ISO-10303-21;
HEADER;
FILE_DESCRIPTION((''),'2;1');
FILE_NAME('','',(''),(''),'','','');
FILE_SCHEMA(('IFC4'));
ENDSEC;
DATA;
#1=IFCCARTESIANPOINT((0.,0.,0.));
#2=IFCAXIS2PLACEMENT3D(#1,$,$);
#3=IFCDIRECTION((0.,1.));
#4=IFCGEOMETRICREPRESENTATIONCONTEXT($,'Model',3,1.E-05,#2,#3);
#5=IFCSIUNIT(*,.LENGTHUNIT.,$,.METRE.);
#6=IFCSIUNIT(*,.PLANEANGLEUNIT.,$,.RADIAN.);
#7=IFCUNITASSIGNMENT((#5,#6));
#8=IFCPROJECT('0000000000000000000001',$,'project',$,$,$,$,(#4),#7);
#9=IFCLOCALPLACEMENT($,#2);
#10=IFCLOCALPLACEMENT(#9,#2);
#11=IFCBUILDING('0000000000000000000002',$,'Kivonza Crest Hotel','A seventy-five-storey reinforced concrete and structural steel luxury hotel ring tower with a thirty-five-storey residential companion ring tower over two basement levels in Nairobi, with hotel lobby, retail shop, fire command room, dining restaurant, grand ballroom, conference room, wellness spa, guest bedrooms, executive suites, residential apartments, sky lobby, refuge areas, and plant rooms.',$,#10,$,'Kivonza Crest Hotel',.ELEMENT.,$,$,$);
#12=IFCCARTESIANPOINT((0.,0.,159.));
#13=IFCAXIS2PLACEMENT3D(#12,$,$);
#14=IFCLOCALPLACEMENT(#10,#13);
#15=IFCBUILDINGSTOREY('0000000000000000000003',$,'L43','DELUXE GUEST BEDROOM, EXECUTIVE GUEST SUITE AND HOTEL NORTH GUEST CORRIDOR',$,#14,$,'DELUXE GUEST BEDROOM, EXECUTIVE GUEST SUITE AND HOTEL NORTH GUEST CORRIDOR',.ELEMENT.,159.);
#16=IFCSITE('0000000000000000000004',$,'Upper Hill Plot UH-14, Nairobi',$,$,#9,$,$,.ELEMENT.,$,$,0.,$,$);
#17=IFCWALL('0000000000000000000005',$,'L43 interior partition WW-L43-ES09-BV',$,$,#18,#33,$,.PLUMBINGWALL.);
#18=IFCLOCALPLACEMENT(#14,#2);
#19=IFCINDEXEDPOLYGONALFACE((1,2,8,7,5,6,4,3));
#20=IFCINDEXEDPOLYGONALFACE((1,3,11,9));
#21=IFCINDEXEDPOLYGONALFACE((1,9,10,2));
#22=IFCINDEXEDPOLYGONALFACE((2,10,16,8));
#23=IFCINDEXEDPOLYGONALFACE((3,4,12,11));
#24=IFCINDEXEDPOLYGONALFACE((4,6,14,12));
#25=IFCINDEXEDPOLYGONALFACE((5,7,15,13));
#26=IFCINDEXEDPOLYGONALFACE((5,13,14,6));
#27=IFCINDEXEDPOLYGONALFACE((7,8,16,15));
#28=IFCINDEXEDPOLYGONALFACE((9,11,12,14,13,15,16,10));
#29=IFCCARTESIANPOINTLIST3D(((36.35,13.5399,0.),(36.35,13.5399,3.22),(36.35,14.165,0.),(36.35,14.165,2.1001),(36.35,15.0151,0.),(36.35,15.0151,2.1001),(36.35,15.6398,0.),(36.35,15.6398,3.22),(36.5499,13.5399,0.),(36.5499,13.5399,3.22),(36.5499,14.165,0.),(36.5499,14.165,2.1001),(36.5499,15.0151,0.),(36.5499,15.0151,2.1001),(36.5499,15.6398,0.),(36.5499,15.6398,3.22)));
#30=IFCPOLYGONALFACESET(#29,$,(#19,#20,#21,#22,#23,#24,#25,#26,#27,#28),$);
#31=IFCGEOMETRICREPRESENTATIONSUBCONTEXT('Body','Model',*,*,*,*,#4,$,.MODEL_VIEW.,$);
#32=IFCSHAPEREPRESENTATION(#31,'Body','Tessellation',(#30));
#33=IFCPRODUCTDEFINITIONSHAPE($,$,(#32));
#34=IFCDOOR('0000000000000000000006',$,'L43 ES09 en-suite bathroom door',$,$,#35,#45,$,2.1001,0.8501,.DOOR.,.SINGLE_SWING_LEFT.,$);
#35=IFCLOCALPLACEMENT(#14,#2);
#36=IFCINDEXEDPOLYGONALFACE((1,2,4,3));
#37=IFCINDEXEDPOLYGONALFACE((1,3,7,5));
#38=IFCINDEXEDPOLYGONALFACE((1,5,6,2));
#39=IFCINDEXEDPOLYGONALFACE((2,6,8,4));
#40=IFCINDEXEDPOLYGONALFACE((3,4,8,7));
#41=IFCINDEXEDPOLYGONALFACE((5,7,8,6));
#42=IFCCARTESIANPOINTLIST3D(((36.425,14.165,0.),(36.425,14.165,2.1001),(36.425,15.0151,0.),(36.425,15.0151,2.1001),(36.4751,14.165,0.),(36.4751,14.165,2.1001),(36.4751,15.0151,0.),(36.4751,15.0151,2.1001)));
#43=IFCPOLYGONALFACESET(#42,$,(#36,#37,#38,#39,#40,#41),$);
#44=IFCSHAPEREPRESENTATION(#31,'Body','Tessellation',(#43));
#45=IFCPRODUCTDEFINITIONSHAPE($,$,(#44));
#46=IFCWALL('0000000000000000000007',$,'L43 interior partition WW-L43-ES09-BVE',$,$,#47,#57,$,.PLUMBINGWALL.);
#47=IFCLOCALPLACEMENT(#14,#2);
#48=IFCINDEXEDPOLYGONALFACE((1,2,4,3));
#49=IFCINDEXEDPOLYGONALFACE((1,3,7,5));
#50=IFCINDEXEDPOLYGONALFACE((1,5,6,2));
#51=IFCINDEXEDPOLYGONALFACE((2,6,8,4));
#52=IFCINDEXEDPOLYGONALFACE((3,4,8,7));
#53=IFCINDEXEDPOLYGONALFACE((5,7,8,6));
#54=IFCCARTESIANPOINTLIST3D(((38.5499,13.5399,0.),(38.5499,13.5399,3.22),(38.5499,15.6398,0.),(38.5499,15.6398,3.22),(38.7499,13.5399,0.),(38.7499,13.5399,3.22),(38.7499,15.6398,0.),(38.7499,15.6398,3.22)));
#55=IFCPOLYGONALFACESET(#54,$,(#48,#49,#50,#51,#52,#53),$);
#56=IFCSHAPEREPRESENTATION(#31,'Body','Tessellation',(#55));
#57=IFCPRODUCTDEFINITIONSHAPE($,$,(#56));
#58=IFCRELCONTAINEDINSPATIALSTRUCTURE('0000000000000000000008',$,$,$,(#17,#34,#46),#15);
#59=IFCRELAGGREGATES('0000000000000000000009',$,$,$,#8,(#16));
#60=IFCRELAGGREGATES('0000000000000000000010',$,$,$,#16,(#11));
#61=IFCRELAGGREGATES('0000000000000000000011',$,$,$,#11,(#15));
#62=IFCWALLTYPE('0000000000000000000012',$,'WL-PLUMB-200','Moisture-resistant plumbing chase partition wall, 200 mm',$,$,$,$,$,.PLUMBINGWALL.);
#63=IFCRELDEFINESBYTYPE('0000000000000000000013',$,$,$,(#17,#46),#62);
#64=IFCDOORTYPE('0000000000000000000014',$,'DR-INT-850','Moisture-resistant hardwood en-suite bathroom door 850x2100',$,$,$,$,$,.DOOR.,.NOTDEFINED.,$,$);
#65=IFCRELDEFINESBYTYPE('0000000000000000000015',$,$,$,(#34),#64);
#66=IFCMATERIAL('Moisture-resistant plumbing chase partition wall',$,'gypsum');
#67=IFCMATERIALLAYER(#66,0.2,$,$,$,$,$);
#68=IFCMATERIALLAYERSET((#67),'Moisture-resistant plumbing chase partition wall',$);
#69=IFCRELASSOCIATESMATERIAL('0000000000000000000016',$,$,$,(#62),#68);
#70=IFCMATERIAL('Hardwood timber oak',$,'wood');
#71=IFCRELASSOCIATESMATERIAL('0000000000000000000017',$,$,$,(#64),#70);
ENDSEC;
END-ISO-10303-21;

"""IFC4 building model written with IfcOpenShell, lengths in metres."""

from ifc_helpers import new_model, si_unit, direction, frame, frame_2d, origin, place, context, subcontext, project, spatial, rectangle, extrude, material, layer, layer_set, type_object, element, fill, save


model = new_model("IFC4")

# Units and contexts
model_context = context("Model", 3, precision=1e-05, world=origin(), true_north=direction((0.0, 1.0)))
body_context = subcontext(model_context, "Body", "Model", "MODEL_VIEW")
ifc_project = project(units=[si_unit("LENGTHUNIT", "METRE"), si_unit("PLANEANGLEUNIT", "RADIAN")], contexts=[model_context])

# Site, building, storey
site_placement = place(None, origin())
site = spatial("IfcSite", under=ifc_project, at=site_placement, Name="Upper Hill Plot UH-14, Nairobi", CompositionType="ELEMENT", RefElevation=0.0)
building_placement = place(site_placement, origin())
building = spatial("IfcBuilding", under=site, at=building_placement, Name="Kivonza Crest Hotel", Description="A seventy-five-storey reinforced concrete and structural steel luxury hotel ring tower with a thirty-five-storey residential companion ring tower over two basement levels in Nairobi, with hotel lobby, retail shop, fire command room, dining restaurant, grand ballroom, conference room, wellness spa, guest bedrooms, executive suites, residential apartments, sky lobby, refuge areas, and plant rooms.", LongName="Kivonza Crest Hotel", CompositionType="ELEMENT")
storey_placement = place(building_placement, frame((0.0, 0.0, 159.0)))
storey = spatial("IfcBuildingStorey", under=building, at=storey_placement, Name="L43", Description="DELUXE GUEST BEDROOM, EXECUTIVE GUEST SUITE AND HOTEL NORTH GUEST CORRIDOR", LongName="DELUXE GUEST BEDROOM, EXECUTIVE GUEST SUITE AND HOTEL NORTH GUEST CORRIDOR", CompositionType="ELEMENT", Elevation=159.0)

# Shared definitions
ifc_material_1 = material(Name="Hardwood timber oak", Category="wood")

# Wall, opening, door
ifc_material_2 = material(Name="Moisture-resistant plumbing chase partition wall", Category="gypsum")
ifc_layer_1 = layer(ifc_material_2, 0.2)
ifc_layer_set_1 = layer_set([ifc_layer_1], Name="Moisture-resistant plumbing chase partition wall")
wall_type_1 = type_object("IfcWallType", Name="WL-PLUMB-200", Description="Moisture-resistant plumbing chase partition wall, 200 mm", PredefinedType="PLUMBINGWALL", material=ifc_layer_set_1)
wall_1_placement = place(storey_placement, frame((36.45, 13.54, 0.0), z_axis=(0.0, 0.0, 1.0), x_axis=(0.0, 1.0, 0.0)))
wall_1 = element("IfcWall", 1, at=wall_1_placement, inside=storey, type_object=wall_type_1, Name="L43 interior partition WW-L43-ES09-BV", PredefinedType="PLUMBINGWALL", context=body_context, shape_type="SweptSolid", body=[
    extrude(rectangle(XDim=2.0999, YDim=0.2, at=frame_2d((1.0498, 0.0))), origin(), (0.0, 0.0, 1.0), 3.22),
])
opening_1_placement = place(wall_1_placement, frame((0.625, 0.0, 0.0)))
opening_1 = element("IfcOpeningElement", 2, at=opening_1_placement, cuts=wall_1, PredefinedType="OPENING", context=body_context, shape_type="SweptSolid", body=[
    extrude(rectangle(XDim=0.8501, YDim=2.1001, at=frame_2d((0.425, 1.05))), frame((0.0, 0.1099, 0.0), z_axis=(0.0, -1.0, 0.0), x_axis=(1.0, 0.0, 0.0)), (0.0, 0.0, 1.0), 0.22),
])
door_type_1 = type_object("IfcDoorType", Name="DR-INT-850", Description="Moisture-resistant hardwood en-suite bathroom door 850x2100", OperationType="NOTDEFINED", PredefinedType="DOOR", material=ifc_material_1)
door_1_placement = place(opening_1_placement, origin())
door_1 = element("IfcDoor", 3, at=door_1_placement, inside=storey, type_object=door_type_1, Name="L43 ES09 en-suite bathroom door", OperationType="SINGLE_SWING_LEFT", OverallHeight=2.1001, OverallWidth=0.8501, PredefinedType="DOOR", context=body_context, shape_type="SweptSolid", body=[
    extrude(rectangle(XDim=0.8501, YDim=2.1001, at=frame_2d((0.425, 1.05))), frame((0.0, 0.0249, 0.0), z_axis=(0.0, -1.0, 0.0), x_axis=(1.0, 0.0, 0.0)), (0.0, 0.0, 1.0), 0.05),
])
fill(opening_1, door_1)

# Wall
wall_2_placement = place(storey_placement, frame((38.6499, 13.54, 0.0), z_axis=(0.0, 0.0, 1.0), x_axis=(0.0, 1.0, 0.0)))
element("IfcWall", 4, at=wall_2_placement, inside=storey, type_object=wall_type_1, Name="L43 interior partition WW-L43-ES09-BVE", PredefinedType="PLUMBINGWALL", context=body_context, shape_type="SweptSolid", body=[
    extrude(rectangle(XDim=2.0999, YDim=0.2, at=frame_2d((1.0498, 0.0))), origin(), (0.0, 0.0, 1.0), 3.22),
])

save(model, "model.ifc")
